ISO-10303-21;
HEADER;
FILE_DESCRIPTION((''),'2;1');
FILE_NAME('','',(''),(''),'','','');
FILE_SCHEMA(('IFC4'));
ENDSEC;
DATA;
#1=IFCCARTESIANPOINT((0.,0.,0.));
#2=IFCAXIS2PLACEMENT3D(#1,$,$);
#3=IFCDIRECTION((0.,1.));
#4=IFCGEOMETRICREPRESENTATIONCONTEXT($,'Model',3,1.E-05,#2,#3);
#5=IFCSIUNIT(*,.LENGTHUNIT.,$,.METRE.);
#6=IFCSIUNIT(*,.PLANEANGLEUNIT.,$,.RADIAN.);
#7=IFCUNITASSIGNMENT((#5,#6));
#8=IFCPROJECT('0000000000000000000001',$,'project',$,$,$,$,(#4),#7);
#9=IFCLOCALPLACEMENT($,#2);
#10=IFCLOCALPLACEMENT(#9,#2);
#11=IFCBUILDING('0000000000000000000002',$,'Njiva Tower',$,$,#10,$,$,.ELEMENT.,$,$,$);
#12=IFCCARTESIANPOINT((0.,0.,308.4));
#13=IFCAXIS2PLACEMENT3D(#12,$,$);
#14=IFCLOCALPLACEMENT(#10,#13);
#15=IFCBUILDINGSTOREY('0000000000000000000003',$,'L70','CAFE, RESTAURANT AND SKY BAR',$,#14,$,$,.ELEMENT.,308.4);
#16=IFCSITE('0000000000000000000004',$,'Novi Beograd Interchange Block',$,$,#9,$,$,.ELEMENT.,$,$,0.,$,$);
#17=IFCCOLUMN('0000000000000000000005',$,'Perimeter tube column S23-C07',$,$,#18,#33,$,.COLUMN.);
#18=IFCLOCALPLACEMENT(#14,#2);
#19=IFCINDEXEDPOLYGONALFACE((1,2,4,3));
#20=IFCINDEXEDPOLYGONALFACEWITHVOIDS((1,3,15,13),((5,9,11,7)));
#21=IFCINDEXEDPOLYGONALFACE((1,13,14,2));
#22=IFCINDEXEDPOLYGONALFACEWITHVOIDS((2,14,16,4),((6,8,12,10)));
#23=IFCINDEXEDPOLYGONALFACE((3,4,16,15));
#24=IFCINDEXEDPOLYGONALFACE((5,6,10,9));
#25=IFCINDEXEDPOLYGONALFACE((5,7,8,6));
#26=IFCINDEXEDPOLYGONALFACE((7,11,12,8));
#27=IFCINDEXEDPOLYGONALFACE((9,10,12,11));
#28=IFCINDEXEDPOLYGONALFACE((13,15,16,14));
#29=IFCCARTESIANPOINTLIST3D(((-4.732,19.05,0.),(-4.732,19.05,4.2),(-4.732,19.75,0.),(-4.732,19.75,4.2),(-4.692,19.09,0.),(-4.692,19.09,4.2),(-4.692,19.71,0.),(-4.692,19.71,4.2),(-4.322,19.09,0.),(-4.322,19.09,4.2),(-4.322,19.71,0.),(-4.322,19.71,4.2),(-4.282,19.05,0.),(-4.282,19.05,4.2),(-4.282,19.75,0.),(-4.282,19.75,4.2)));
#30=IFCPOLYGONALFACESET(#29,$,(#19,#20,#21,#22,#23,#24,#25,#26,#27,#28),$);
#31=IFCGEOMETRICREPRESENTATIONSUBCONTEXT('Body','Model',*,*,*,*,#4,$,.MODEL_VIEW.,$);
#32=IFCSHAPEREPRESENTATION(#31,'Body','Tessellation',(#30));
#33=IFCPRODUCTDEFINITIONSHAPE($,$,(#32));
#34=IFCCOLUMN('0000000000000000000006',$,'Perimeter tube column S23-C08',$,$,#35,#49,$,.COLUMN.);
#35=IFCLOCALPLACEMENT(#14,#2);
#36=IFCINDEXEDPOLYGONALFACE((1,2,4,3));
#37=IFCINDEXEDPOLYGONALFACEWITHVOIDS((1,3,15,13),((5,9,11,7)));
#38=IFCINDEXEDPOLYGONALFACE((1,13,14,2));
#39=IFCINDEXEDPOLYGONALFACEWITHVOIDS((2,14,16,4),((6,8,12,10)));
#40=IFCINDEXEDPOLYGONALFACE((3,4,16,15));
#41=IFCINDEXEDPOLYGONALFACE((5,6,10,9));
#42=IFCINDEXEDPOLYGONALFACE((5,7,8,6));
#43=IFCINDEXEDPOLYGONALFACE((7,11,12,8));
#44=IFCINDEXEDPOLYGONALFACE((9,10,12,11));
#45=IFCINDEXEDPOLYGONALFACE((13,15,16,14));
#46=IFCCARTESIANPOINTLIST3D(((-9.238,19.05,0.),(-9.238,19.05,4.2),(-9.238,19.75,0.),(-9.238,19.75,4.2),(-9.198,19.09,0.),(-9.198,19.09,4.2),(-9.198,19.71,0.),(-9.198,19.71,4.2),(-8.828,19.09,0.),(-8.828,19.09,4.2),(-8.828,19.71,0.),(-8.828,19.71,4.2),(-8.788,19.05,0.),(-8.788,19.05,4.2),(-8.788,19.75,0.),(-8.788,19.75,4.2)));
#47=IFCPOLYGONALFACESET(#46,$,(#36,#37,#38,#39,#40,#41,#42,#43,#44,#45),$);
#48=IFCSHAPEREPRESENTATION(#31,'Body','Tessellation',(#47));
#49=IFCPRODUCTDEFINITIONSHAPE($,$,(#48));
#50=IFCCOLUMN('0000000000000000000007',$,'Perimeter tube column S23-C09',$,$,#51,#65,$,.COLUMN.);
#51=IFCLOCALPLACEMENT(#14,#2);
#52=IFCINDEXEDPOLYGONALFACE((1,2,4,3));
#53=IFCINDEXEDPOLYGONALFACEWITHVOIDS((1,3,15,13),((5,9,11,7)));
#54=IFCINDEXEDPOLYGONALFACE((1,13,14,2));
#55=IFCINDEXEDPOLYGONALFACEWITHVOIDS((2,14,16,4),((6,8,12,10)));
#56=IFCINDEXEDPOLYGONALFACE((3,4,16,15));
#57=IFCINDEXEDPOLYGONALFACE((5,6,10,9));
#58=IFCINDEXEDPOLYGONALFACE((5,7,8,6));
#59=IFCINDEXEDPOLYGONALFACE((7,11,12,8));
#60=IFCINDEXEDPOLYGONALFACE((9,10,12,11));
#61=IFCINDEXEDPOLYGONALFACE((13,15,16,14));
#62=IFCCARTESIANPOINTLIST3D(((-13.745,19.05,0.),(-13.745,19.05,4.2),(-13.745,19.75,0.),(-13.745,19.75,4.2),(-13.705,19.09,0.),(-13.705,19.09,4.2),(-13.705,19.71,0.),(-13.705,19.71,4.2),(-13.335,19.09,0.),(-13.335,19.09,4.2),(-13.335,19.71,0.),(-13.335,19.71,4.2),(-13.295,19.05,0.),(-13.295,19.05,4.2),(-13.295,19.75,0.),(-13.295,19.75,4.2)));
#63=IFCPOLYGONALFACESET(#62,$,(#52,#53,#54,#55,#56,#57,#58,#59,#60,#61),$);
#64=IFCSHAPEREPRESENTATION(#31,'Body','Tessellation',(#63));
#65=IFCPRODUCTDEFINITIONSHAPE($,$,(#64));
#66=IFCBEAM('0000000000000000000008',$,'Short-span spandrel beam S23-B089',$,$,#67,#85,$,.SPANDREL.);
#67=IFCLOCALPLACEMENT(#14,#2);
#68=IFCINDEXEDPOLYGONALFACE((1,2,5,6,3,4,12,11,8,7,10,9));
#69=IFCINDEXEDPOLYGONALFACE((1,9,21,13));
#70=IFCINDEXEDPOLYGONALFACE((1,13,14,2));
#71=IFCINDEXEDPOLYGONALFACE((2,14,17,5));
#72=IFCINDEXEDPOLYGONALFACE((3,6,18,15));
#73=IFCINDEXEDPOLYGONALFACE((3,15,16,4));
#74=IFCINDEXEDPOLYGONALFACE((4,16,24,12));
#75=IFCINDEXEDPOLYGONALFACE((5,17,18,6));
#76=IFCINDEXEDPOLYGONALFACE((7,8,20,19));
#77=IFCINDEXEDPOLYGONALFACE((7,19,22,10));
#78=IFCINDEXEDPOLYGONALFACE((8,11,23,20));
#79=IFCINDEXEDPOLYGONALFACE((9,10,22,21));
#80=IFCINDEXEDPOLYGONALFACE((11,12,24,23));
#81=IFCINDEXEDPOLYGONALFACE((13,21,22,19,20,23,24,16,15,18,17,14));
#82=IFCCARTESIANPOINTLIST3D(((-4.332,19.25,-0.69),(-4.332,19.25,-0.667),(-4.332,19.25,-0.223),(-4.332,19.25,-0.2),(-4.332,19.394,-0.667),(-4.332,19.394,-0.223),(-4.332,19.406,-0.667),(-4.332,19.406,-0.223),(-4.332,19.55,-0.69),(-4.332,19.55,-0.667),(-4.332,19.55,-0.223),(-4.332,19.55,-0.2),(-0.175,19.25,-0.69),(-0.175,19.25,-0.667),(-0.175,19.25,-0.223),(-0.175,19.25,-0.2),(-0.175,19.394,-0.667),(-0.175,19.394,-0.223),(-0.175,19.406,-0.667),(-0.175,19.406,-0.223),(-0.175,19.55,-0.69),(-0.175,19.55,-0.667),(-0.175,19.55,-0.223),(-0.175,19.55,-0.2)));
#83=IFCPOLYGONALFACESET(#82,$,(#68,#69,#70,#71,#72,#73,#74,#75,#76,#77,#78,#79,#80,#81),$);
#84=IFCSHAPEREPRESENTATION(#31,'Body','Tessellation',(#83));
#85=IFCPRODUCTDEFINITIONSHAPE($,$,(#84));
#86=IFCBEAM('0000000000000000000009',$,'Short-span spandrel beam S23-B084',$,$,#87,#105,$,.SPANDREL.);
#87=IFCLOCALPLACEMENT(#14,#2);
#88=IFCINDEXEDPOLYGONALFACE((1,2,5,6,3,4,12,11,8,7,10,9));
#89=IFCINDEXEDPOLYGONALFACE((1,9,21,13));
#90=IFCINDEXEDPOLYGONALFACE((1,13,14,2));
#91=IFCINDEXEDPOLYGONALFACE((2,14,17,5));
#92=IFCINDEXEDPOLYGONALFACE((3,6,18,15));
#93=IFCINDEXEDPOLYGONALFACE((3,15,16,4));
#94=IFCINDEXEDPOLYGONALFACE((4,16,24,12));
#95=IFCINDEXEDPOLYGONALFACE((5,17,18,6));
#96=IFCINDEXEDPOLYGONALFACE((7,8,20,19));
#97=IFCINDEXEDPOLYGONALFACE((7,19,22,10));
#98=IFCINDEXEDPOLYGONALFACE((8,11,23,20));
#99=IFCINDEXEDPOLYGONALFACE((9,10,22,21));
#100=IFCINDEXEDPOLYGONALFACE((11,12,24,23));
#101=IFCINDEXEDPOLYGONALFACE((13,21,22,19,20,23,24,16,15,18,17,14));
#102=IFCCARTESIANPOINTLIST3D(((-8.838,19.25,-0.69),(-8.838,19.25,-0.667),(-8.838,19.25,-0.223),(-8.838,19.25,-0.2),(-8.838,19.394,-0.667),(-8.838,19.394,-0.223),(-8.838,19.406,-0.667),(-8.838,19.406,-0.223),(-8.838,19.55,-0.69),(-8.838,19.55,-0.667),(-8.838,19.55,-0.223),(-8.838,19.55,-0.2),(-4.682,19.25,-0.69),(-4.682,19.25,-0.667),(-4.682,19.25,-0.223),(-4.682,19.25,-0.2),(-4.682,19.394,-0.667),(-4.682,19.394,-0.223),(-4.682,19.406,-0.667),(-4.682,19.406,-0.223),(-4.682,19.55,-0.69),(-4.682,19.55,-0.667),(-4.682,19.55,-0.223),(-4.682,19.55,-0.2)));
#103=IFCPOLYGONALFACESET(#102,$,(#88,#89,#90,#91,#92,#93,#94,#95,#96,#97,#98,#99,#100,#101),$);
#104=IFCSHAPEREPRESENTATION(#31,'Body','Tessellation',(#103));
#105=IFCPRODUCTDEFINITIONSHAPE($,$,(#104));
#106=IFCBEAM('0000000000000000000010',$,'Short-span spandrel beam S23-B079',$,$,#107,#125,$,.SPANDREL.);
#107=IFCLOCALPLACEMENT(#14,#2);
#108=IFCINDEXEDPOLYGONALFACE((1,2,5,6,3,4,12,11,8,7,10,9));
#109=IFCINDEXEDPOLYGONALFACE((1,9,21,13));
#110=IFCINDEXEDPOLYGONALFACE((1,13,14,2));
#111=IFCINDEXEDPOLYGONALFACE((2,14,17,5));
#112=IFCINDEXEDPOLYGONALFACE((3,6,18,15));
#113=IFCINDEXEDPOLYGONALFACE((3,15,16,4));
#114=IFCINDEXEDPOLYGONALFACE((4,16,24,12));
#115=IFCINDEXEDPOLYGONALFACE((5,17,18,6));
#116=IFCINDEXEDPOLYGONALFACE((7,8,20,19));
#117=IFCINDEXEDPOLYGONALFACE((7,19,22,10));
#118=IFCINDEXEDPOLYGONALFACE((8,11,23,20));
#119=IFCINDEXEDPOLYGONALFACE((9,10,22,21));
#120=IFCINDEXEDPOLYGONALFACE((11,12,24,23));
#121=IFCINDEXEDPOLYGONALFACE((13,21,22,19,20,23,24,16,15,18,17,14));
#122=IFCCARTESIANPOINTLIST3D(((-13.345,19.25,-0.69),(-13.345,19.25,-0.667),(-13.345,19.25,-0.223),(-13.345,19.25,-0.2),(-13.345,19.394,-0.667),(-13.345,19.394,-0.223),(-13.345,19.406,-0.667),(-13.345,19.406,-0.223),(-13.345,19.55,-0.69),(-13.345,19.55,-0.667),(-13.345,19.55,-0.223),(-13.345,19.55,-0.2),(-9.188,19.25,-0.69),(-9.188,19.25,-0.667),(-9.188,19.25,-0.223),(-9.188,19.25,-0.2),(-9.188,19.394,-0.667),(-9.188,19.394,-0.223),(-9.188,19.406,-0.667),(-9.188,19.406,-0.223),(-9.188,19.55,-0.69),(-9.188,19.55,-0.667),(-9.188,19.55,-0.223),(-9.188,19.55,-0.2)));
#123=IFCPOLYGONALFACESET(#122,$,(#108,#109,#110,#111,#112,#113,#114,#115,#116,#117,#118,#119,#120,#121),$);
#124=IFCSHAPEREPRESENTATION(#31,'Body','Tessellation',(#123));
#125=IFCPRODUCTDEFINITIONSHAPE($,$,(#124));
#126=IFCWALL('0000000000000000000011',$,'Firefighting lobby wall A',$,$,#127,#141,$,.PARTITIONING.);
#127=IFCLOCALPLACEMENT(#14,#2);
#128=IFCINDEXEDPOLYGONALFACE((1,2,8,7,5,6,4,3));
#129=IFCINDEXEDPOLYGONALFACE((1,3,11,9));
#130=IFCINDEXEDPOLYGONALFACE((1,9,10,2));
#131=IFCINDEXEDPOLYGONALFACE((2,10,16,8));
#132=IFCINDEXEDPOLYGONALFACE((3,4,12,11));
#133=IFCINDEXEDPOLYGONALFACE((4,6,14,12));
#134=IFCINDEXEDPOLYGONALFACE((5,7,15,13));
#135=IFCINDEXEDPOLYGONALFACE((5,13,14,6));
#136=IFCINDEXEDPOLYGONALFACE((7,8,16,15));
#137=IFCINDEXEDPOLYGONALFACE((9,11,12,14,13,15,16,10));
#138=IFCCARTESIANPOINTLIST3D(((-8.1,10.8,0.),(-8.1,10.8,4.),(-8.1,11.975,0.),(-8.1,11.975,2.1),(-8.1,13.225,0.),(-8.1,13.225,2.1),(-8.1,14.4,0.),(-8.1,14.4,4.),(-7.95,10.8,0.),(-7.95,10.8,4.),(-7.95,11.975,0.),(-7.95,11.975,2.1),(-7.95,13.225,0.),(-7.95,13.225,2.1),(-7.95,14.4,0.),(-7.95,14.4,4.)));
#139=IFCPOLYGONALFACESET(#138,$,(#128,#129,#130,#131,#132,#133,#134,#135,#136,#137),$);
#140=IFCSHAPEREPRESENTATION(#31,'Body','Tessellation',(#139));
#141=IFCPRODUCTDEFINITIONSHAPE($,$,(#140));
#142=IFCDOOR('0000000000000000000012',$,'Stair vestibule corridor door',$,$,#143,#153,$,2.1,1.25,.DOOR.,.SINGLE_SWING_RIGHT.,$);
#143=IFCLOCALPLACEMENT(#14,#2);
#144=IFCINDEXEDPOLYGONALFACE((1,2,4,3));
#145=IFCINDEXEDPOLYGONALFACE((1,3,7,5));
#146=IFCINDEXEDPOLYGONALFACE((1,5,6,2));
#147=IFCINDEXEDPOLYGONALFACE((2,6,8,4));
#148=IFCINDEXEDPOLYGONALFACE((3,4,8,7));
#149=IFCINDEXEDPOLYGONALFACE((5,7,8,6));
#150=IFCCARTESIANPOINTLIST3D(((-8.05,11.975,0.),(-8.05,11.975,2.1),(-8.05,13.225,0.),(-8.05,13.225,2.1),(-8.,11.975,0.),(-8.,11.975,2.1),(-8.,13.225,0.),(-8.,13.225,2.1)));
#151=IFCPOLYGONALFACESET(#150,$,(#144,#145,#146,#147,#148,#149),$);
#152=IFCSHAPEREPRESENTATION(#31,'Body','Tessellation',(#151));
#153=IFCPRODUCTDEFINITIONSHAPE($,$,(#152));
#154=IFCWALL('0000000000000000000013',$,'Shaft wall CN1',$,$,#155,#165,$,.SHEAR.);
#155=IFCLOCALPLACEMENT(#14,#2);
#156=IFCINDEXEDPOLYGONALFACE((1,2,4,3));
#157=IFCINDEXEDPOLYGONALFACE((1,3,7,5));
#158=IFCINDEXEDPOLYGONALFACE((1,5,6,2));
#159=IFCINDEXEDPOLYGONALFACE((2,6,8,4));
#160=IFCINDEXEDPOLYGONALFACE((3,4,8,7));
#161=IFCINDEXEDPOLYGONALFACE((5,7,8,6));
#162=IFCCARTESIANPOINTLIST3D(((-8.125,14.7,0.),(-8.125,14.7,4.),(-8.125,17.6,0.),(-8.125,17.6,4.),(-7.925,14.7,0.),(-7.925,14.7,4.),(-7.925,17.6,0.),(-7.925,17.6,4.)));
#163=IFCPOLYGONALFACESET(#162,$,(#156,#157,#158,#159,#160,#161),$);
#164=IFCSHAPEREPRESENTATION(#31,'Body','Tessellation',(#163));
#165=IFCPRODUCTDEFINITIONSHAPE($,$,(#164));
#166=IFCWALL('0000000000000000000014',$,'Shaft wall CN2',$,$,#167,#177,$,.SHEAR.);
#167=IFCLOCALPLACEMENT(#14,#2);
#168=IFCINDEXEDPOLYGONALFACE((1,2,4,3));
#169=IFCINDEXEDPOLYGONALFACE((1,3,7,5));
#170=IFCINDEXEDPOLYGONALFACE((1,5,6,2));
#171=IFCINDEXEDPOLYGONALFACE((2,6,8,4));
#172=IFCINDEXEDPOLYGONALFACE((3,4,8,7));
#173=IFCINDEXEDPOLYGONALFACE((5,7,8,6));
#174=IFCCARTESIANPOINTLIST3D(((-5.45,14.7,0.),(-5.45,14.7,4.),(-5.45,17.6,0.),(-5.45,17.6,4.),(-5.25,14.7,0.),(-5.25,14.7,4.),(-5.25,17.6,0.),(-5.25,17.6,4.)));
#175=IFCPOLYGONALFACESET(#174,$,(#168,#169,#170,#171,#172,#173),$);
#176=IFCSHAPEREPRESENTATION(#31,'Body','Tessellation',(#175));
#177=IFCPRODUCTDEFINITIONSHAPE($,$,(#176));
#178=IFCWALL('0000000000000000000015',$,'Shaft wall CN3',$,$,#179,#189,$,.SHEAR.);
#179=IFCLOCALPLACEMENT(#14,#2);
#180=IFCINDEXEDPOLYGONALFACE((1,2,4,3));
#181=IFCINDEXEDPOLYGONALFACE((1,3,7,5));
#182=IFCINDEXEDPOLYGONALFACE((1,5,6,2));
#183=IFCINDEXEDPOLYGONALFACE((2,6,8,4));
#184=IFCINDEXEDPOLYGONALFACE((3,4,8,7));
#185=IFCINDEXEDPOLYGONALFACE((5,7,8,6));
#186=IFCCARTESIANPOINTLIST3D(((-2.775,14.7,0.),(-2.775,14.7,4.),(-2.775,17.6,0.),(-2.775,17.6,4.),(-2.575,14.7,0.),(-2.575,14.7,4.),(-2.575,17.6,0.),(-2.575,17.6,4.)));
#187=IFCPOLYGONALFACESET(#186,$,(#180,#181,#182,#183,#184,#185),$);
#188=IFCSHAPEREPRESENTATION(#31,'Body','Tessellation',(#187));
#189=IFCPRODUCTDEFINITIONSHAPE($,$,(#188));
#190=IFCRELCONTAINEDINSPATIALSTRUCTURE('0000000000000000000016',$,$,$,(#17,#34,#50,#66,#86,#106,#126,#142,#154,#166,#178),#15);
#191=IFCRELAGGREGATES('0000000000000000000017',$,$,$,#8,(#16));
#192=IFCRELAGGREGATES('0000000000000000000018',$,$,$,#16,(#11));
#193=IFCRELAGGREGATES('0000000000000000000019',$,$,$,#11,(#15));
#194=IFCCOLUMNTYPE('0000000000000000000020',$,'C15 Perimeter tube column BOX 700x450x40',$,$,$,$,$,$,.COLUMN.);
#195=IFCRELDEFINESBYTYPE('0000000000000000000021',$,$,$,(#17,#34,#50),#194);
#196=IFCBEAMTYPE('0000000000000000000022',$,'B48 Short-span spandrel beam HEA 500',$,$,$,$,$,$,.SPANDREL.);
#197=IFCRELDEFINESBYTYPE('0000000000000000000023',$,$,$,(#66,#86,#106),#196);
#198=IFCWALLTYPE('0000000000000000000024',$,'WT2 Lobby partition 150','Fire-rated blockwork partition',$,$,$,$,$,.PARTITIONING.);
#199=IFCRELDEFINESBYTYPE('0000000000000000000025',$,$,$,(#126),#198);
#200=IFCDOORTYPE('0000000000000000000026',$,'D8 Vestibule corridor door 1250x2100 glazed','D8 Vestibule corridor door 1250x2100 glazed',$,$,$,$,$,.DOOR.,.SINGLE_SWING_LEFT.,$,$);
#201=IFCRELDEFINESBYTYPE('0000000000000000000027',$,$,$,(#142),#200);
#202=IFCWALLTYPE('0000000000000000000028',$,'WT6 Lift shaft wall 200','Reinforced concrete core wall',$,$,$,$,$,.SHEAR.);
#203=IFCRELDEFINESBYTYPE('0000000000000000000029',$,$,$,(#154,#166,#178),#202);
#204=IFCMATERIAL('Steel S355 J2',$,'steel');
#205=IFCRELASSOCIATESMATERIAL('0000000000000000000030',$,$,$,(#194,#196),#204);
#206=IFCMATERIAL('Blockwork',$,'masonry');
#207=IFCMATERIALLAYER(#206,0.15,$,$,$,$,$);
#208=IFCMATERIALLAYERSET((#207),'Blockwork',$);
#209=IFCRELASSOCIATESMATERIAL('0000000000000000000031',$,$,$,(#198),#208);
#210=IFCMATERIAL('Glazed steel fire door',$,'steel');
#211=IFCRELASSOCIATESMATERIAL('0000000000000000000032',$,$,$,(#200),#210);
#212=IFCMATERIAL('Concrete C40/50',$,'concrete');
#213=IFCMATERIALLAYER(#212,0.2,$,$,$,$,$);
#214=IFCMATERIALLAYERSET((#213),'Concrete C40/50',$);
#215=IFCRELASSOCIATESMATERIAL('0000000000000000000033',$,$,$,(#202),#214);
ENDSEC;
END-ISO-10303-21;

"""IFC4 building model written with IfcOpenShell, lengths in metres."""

from ifc_helpers import new_model, si_unit, direction, frame, frame_2d, origin, origin_2d, place, context, subcontext, project, spatial, rectangle, hollow_rectangle, i_section, extrude, material, layer, layer_set, material_profile, profile_set, type_object, element, fill, save


model = new_model("IFC4")

# Units and contexts
model_context = context("Model", 3, precision=1e-05, world=origin(), true_north=direction((0.0, 1.0)))
body_context = subcontext(model_context, "Body", "Model", "MODEL_VIEW")
ifc_project = project(units=[si_unit("LENGTHUNIT", "METRE"), si_unit("PLANEANGLEUNIT", "RADIAN")], contexts=[model_context])

# Site, building, storey
site_placement = place(None, origin())
site = spatial("IfcSite", under=ifc_project, at=site_placement, Name="Novi Beograd Interchange Block", CompositionType="ELEMENT", RefElevation=0.0)
building_placement = place(site_placement, origin())
building = spatial("IfcBuilding", under=site, at=building_placement, Name="Njiva Tower", CompositionType="ELEMENT")
storey_placement = place(building_placement, frame((0.0, 0.0, 308.4)))
storey = spatial("IfcBuildingStorey", under=building, at=storey_placement, Name="L70", Description="CAFE, RESTAURANT AND SKY BAR", CompositionType="ELEMENT", Elevation=308.4)

# Columns
ifc_material_1 = material(Name="Steel S355 J2", Category="steel")
ifc_material_profile_1 = material_profile(ifc_material_1, hollow_rectangle(XDim=0.45, YDim=0.7, WallThickness=0.04, at=origin_2d()), Name="BOX 700x450x40")
ifc_profile_set_1 = profile_set([ifc_material_profile_1], Name="Steel S355 J2")
column_type = type_object("IfcColumnType", Name="C15 Perimeter tube column BOX 700x450x40", PredefinedType="COLUMN", material=ifc_profile_set_1)
for number, where, z_axis, x_axis, name in (
    (1, (-4.507, 19.4, 0.0), (0.0, 0.0, 1.0), (-1.0, 0.0, 0.0), "Perimeter tube column S23-C07"),
    (2, (-9.013, 19.4, 0.0), (0.0, 0.0, 1.0), (-1.0, 0.0, 0.0), "Perimeter tube column S23-C08"),
    (3, (-13.52, 19.4, 0.0), (0.0, 0.0, 1.0), (-1.0, 0.0, 0.0), "Perimeter tube column S23-C09"),
):
    element("IfcColumn", number, at=place(storey_placement, frame(where, z_axis=z_axis, x_axis=x_axis)), inside=storey, type_object=column_type, Name=name, PredefinedType="COLUMN", context=body_context, shape_type="SweptSolid", body=[
        extrude(hollow_rectangle(XDim=0.45, YDim=0.7, WallThickness=0.04, at=origin_2d()), origin(), (0.0, 0.0, 1.0), 4.2),
    ])

# Beams
ifc_material_profile_2 = material_profile(ifc_material_1, i_section(OverallWidth=0.3, OverallDepth=0.49, WebThickness=0.012, FlangeThickness=0.023, at=origin_2d()), Name="HEA 500")
ifc_profile_set_2 = profile_set([ifc_material_profile_2], Name="Steel S355 J2")
beam_type = type_object("IfcBeamType", Name="B48 Short-span spandrel beam HEA 500", PredefinedType="SPANDREL", material=ifc_profile_set_2)
beam_1_placement = place(storey_placement, frame((-0.175, 19.4, -0.445), z_axis=(-1.0, 0.0, 0.0), x_axis=(0.0, -1.0, 0.0)))
element("IfcBeam", 4, at=beam_1_placement, inside=storey, type_object=beam_type, Name="Short-span spandrel beam S23-B089", PredefinedType="SPANDREL", context=body_context, shape_type="SweptSolid", body=[
    extrude(i_section(OverallWidth=0.3, OverallDepth=0.49, WebThickness=0.012, FlangeThickness=0.023, at=origin_2d()), origin(), (0.0, 0.0, 1.0), 4.157),
])
beam_2_placement = place(storey_placement, frame((-4.682, 19.4, -0.445), z_axis=(-1.0, 0.0, 0.0), x_axis=(0.0, -1.0, 0.0)))
element("IfcBeam", 5, at=beam_2_placement, inside=storey, type_object=beam_type, Name="Short-span spandrel beam S23-B084", PredefinedType="SPANDREL", context=body_context, shape_type="SweptSolid", body=[
    extrude(i_section(OverallWidth=0.3, OverallDepth=0.49, WebThickness=0.012, FlangeThickness=0.023, at=origin_2d()), origin(), (0.0, 0.0, 1.0), 4.156),
])
beam_3_placement = place(storey_placement, frame((-9.188, 19.4, -0.445), z_axis=(-1.0, 0.0, 0.0), x_axis=(0.0, -1.0, 0.0)))
element("IfcBeam", 6, at=beam_3_placement, inside=storey, type_object=beam_type, Name="Short-span spandrel beam S23-B079", PredefinedType="SPANDREL", context=body_context, shape_type="SweptSolid", body=[
    extrude(i_section(OverallWidth=0.3, OverallDepth=0.49, WebThickness=0.012, FlangeThickness=0.023, at=origin_2d()), origin(), (0.0, 0.0, 1.0), 4.157),
])

# Wall, opening, door
ifc_material_2 = material(Name="Blockwork", Category="masonry")
ifc_layer_1 = layer(ifc_material_2, 0.15)
ifc_layer_set_1 = layer_set([ifc_layer_1], Name="Blockwork")
wall_type_1 = type_object("IfcWallType", Name="WT2 Lobby partition 150", Description="Fire-rated blockwork partition", PredefinedType="PARTITIONING", material=ifc_layer_set_1)
wall_1_placement = place(storey_placement, frame((-8.025, 10.8, 0.0), z_axis=(0.0, 0.0, 1.0), x_axis=(0.0, 1.0, 0.0)))
wall_1 = element("IfcWall", 7, at=wall_1_placement, inside=storey, type_object=wall_type_1, Name="Firefighting lobby wall A", PredefinedType="PARTITIONING", context=body_context, shape_type="SweptSolid", body=[
    extrude(rectangle(XDim=3.6, YDim=0.15, at=frame_2d((1.8, 0.0))), origin(), (0.0, 0.0, 1.0), 4.0),
])
opening_1_placement = place(wall_1_placement, frame((1.175, 0.0, 0.0)))
opening_1 = element("IfcOpeningElement", 8, at=opening_1_placement, cuts=wall_1, PredefinedType="OPENING", context=body_context, shape_type="SweptSolid", body=[
    extrude(rectangle(XDim=1.25, YDim=2.1, at=frame_2d((0.625, 1.05))), frame((0.0, 0.085, 0.0), z_axis=(0.0, -1.0, 0.0), x_axis=(1.0, 0.0, 0.0)), (0.0, 0.0, 1.0), 0.17),
])
ifc_material_3 = material(Name="Glazed steel fire door", Category="steel")
door_type_1 = type_object("IfcDoorType", Name="D8 Vestibule corridor door 1250x2100 glazed", Description="D8 Vestibule corridor door 1250x2100 glazed", OperationType="SINGLE_SWING_LEFT", PredefinedType="DOOR", material=ifc_material_3)
door_1_placement = place(opening_1_placement, origin())
door_1 = element("IfcDoor", 9, at=door_1_placement, inside=storey, type_object=door_type_1, Name="Stair vestibule corridor door", OperationType="SINGLE_SWING_RIGHT", OverallHeight=2.1, OverallWidth=1.25, PredefinedType="DOOR", context=body_context, shape_type="SweptSolid", body=[
    extrude(rectangle(XDim=1.25, YDim=2.1, at=frame_2d((0.625, 1.05))), frame((0.0, 0.025, 0.0), z_axis=(0.0, -1.0, 0.0), x_axis=(1.0, 0.0, 0.0)), (0.0, 0.0, 1.0), 0.05),
])
fill(opening_1, door_1)

# Walls
ifc_material_4 = material(Name="Concrete C40/50", Category="concrete")
ifc_layer_2 = layer(ifc_material_4, 0.2)
ifc_layer_set_2 = layer_set([ifc_layer_2], Name="Concrete C40/50")
wall_type_2 = type_object("IfcWallType", Name="WT6 Lift shaft wall 200", Description="Reinforced concrete core wall", PredefinedType="SHEAR", material=ifc_layer_set_2)
for number, where, z_axis, x_axis, name in (
    (10, (-8.025, 14.7, 0.0), (0.0, 0.0, 1.0), (0.0, 1.0, 0.0), "Shaft wall CN1"),
    (11, (-5.35, 14.7, 0.0), (0.0, 0.0, 1.0), (0.0, 1.0, 0.0), "Shaft wall CN2"),
    (12, (-2.675, 14.7, 0.0), (0.0, 0.0, 1.0), (0.0, 1.0, 0.0), "Shaft wall CN3"),
):
    element("IfcWall", number, at=place(storey_placement, frame(where, z_axis=z_axis, x_axis=x_axis)), inside=storey, type_object=wall_type_2, Name=name, PredefinedType="SHEAR", context=body_context, shape_type="SweptSolid", body=[
        extrude(rectangle(XDim=2.9, YDim=0.2, at=frame_2d((1.45, 0.0))), origin(), (0.0, 0.0, 1.0), 4.0),
    ])

save(model, "model.ifc")
